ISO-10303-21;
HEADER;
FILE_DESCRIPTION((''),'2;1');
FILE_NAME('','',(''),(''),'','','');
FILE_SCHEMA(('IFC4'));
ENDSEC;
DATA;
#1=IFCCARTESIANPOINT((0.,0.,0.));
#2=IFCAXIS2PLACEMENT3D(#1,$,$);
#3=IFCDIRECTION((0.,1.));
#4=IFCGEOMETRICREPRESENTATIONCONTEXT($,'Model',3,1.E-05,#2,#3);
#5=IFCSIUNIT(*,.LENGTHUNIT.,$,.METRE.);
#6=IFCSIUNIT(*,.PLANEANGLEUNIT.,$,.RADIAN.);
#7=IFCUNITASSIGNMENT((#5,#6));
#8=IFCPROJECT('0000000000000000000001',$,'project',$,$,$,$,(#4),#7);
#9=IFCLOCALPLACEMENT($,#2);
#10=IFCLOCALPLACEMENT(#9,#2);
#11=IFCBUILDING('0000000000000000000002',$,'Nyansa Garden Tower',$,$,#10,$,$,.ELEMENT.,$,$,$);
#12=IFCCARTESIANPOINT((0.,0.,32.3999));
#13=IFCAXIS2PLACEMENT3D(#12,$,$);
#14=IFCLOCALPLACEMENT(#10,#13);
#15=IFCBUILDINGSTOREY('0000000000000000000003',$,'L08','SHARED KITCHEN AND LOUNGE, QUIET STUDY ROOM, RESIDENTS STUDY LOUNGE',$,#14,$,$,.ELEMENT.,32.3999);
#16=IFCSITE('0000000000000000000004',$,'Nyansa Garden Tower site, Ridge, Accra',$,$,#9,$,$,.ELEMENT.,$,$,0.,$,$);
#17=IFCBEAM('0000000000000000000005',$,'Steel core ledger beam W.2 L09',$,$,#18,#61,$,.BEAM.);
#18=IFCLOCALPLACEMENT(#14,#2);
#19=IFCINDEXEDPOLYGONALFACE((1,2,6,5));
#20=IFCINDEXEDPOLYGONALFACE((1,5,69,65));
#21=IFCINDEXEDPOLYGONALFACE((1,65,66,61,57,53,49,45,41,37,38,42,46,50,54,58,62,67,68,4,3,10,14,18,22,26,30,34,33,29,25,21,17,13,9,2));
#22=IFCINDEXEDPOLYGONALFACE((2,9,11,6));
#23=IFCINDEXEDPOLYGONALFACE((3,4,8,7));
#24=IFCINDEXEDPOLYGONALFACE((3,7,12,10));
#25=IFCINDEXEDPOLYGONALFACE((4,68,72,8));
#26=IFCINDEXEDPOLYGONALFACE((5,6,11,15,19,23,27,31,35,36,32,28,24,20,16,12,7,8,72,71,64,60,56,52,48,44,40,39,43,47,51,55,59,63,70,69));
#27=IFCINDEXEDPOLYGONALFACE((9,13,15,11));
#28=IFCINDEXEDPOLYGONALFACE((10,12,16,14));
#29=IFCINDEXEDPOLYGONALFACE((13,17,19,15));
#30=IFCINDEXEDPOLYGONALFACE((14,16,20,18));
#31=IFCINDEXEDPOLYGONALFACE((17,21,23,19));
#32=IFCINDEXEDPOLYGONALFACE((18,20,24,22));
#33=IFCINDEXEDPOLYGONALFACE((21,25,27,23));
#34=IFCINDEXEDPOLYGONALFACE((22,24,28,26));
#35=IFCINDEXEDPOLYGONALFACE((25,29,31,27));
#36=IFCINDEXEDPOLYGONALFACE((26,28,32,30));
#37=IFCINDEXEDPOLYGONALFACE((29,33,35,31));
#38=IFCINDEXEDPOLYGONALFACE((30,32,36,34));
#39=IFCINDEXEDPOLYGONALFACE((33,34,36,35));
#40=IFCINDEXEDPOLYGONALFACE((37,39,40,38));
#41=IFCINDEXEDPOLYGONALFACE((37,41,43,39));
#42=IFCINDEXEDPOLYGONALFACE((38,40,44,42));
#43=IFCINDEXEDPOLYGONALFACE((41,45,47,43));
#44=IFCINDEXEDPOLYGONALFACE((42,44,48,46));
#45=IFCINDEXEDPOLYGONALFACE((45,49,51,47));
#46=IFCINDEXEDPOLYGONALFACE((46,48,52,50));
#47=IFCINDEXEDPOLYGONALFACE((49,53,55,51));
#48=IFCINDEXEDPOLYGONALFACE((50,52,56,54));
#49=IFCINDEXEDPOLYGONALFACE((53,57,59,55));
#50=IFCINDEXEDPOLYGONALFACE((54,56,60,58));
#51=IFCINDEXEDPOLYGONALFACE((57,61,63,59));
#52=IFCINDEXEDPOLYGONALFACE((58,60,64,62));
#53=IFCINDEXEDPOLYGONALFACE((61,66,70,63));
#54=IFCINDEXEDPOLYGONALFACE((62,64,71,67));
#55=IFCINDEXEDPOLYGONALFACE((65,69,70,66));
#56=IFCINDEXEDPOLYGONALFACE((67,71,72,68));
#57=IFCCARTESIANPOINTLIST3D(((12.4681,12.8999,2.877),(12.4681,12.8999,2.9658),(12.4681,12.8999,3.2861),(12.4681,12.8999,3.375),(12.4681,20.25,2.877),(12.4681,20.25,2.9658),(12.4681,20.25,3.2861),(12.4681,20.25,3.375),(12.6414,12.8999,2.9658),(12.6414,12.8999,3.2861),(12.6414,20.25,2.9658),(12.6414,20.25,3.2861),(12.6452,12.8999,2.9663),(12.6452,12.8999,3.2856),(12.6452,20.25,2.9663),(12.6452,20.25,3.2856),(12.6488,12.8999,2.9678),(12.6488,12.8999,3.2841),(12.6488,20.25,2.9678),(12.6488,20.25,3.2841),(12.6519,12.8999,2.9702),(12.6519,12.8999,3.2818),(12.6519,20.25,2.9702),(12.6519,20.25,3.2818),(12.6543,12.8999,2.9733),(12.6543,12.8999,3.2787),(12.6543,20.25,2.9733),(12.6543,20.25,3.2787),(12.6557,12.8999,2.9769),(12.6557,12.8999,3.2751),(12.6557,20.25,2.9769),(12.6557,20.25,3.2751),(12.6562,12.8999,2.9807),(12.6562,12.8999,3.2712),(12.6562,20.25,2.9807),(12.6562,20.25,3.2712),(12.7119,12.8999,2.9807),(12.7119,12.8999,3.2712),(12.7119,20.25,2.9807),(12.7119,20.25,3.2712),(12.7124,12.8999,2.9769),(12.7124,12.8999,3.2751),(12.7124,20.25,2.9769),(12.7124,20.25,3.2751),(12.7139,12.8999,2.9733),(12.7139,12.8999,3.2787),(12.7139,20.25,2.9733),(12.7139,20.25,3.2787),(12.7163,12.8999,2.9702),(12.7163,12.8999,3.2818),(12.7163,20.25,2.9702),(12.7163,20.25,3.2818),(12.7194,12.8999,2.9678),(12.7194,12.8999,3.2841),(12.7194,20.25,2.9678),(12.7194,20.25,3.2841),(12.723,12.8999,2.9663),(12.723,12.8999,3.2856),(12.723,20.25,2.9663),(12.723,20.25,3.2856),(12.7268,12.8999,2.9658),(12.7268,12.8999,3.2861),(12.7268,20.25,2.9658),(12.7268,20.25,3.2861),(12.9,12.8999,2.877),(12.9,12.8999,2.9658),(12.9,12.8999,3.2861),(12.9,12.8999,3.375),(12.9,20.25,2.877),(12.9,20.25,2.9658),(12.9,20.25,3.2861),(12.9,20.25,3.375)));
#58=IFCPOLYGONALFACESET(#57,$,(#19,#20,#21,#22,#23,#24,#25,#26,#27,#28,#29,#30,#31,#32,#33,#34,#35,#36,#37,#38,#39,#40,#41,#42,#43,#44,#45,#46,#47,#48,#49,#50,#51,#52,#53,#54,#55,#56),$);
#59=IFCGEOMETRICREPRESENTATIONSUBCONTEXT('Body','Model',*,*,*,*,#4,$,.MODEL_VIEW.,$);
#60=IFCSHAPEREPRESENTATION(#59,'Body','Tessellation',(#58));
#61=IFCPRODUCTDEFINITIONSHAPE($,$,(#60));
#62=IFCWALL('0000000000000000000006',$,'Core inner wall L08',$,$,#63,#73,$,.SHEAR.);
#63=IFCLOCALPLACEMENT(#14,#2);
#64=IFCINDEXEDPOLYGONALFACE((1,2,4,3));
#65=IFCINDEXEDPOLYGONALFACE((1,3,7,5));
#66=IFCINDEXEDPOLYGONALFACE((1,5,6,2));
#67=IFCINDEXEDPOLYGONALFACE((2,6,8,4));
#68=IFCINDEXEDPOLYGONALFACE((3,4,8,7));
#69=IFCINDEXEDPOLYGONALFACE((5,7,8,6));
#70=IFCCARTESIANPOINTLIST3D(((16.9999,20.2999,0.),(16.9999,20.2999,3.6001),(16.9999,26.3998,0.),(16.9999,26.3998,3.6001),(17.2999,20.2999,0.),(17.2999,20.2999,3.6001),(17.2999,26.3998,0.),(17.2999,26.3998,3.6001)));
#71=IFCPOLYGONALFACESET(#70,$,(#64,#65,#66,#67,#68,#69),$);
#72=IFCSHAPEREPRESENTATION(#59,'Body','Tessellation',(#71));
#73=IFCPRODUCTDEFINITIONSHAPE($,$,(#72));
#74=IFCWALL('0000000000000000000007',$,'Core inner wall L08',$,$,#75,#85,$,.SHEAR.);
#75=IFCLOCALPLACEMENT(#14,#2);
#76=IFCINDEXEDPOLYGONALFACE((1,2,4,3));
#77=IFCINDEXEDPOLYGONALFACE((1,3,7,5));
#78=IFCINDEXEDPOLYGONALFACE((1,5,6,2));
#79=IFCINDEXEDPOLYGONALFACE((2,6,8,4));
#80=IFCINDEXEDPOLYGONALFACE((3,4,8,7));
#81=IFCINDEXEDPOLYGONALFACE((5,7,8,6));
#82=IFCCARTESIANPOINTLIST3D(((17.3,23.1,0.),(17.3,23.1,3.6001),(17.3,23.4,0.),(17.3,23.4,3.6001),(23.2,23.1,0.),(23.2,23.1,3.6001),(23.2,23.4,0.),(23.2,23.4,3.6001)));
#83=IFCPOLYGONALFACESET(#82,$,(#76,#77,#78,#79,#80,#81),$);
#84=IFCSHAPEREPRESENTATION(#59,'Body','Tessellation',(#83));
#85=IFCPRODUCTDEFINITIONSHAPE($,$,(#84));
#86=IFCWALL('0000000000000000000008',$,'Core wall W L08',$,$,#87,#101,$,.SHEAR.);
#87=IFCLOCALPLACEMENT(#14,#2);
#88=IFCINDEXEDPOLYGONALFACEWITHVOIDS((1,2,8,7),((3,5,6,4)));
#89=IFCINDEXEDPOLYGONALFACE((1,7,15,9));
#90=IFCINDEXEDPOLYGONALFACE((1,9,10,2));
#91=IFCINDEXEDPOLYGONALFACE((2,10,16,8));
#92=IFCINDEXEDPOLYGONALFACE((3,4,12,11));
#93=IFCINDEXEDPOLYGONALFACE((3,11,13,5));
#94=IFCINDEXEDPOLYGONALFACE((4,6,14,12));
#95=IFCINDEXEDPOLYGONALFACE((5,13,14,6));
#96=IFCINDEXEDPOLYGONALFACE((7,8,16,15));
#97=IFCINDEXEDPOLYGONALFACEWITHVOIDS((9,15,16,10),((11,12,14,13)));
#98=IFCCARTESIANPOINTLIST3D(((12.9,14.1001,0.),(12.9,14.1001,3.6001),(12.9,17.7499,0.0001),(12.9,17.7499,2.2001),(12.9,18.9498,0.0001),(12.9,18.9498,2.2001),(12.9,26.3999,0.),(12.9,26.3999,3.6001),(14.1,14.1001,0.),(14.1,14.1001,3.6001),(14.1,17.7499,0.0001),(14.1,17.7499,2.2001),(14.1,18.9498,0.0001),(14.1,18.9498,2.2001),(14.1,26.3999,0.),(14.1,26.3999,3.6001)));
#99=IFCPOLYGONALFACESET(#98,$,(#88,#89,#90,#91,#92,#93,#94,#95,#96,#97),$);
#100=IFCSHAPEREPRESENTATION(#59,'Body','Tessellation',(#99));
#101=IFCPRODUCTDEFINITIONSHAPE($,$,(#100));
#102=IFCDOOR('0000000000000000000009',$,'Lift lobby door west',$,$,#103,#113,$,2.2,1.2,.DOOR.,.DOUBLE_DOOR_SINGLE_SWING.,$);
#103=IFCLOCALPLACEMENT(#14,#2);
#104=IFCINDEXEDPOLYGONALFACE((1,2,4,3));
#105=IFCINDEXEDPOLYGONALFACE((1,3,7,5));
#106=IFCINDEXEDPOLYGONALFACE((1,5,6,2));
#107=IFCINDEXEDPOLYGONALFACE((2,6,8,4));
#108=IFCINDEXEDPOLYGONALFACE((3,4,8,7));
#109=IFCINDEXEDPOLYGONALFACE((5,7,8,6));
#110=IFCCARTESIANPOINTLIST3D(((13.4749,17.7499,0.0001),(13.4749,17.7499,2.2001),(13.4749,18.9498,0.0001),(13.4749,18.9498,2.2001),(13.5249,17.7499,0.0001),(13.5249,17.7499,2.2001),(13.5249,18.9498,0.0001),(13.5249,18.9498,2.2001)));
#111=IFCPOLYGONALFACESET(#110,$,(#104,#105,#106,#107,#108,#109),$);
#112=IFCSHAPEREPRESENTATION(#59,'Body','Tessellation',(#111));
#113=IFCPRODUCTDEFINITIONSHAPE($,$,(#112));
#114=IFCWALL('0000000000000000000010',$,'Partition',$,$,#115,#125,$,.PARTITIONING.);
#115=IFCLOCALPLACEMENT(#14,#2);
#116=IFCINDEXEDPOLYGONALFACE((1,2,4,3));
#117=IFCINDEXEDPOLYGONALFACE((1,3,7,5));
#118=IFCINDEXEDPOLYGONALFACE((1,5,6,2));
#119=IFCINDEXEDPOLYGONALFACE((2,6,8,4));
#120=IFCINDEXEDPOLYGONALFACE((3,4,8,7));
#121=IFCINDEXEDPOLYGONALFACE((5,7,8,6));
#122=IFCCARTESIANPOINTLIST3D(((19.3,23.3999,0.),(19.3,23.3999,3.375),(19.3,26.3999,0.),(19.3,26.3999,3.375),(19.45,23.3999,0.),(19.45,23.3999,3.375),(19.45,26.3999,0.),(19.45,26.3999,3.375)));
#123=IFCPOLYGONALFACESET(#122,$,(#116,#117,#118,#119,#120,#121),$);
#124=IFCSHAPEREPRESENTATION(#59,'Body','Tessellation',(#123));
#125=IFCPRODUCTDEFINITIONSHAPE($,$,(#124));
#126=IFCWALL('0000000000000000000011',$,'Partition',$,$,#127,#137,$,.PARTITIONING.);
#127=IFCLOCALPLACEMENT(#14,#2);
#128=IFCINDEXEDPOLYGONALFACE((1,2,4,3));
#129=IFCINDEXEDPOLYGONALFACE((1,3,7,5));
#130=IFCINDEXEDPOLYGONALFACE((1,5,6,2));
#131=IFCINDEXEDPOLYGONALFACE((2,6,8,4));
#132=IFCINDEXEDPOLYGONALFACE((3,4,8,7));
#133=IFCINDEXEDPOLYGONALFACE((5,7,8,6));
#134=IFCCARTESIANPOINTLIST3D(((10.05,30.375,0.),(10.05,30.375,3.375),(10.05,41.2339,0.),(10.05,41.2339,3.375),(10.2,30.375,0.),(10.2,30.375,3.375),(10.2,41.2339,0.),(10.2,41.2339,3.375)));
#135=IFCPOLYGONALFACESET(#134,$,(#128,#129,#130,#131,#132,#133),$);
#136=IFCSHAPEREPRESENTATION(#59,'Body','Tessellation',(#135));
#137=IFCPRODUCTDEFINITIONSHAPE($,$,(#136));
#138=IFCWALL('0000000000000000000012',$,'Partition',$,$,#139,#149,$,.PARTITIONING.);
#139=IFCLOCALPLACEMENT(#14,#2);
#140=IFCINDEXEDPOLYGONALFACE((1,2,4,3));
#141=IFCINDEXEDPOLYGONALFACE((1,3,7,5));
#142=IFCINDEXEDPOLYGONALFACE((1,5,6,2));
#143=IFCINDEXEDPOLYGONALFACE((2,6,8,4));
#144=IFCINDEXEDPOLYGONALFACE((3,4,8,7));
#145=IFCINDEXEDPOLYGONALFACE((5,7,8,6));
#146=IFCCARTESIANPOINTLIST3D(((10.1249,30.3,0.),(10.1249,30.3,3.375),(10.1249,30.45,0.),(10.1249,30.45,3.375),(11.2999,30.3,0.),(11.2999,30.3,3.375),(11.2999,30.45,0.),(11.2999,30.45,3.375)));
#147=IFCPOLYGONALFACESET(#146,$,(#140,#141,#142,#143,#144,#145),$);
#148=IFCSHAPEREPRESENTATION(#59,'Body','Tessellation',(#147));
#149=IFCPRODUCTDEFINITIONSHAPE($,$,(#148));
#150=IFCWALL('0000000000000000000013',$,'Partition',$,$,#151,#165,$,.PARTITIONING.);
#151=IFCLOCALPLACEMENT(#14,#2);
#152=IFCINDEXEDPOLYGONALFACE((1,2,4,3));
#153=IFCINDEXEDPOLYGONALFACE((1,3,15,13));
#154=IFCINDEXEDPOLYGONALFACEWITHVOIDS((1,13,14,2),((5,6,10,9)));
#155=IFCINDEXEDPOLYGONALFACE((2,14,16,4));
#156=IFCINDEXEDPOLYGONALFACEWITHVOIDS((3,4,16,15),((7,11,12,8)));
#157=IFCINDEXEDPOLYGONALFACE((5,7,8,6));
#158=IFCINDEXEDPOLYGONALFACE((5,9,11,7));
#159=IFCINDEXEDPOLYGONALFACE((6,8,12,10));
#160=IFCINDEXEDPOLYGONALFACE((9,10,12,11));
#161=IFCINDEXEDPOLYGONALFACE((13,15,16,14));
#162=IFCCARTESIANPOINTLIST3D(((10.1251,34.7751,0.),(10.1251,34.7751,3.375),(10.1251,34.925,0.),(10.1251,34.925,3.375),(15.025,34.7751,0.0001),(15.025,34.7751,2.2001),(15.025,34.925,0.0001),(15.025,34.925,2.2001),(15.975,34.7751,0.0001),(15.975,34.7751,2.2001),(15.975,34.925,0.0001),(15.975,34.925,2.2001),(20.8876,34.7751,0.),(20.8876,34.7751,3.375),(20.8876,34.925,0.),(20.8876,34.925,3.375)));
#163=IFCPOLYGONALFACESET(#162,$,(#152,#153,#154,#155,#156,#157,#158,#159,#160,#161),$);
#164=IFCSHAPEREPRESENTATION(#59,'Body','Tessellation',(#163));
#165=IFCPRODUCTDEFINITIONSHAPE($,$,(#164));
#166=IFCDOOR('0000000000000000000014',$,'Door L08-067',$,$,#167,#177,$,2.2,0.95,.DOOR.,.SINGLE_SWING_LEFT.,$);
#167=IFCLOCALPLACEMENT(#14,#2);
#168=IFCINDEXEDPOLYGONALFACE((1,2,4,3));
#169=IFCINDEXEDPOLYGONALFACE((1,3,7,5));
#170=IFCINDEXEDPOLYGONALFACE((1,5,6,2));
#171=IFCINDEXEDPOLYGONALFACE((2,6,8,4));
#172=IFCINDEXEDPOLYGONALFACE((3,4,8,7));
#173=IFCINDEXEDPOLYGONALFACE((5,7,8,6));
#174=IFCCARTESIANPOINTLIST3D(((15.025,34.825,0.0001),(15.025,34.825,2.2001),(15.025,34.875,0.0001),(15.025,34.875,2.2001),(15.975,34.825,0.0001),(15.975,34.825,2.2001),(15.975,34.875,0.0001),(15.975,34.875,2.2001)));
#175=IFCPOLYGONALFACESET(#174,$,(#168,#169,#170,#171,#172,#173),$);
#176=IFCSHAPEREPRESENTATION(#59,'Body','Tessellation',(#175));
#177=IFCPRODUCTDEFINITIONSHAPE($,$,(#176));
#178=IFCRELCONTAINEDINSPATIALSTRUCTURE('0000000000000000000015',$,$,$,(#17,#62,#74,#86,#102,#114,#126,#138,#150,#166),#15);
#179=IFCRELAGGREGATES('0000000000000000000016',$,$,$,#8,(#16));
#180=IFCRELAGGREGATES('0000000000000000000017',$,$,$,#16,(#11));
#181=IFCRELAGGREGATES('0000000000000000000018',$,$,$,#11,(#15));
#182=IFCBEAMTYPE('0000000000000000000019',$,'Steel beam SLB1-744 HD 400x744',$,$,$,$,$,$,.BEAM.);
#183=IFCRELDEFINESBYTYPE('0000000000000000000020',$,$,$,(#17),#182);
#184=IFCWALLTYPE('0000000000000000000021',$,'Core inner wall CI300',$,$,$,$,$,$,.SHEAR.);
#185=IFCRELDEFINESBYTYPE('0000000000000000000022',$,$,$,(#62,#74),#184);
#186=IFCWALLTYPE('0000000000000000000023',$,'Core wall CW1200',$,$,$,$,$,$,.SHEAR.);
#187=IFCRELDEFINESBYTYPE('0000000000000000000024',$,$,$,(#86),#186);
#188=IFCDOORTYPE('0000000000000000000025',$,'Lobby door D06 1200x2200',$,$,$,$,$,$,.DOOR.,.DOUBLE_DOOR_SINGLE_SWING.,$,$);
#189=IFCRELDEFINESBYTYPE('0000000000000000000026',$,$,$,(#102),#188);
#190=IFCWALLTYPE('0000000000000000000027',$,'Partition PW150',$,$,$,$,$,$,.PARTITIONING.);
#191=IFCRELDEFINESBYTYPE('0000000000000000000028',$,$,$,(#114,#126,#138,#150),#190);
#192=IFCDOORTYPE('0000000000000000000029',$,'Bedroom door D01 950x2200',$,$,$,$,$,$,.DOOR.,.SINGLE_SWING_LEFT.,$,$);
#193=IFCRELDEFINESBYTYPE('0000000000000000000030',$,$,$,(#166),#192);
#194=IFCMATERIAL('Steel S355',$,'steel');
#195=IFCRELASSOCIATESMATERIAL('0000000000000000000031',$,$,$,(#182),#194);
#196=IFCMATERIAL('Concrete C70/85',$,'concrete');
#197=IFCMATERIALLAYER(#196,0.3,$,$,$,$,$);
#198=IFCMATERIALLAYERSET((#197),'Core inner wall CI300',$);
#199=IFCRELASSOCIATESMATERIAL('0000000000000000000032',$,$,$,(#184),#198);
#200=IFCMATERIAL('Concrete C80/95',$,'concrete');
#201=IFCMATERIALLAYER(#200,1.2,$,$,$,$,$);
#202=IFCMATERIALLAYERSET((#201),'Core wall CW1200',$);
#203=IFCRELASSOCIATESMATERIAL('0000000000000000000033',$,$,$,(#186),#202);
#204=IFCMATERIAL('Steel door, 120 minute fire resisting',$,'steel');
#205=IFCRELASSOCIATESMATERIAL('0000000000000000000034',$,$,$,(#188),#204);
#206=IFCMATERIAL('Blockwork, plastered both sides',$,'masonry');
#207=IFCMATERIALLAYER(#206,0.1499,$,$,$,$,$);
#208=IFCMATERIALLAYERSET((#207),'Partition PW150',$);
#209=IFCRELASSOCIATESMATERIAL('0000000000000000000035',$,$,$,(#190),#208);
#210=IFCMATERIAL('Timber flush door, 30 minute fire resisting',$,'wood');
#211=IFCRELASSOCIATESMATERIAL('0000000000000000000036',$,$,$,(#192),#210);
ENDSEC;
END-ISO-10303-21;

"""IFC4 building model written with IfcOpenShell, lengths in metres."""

from ifc_helpers import new_model, si_unit, direction, frame, frame_2d, origin, origin_2d, place, context, subcontext, project, spatial, rectangle, i_section, extrude, material, layer, layer_set, material_profile, profile_set, type_object, element, fill, save


model = new_model("IFC4")

# Units and contexts
model_context = context("Model", 3, precision=1e-05, world=origin(), true_north=direction((0.0, 1.0)))
body_context = subcontext(model_context, "Body", "Model", "MODEL_VIEW")
ifc_project = project(units=[si_unit("LENGTHUNIT", "METRE"), si_unit("PLANEANGLEUNIT", "RADIAN")], contexts=[model_context])

# Site, building, storey
site_placement = place(None, origin())
site = spatial("IfcSite", under=ifc_project, at=site_placement, Name="Nyansa Garden Tower site, Ridge, Accra", CompositionType="ELEMENT", RefElevation=0.0)
building_placement = place(site_placement, origin())
building = spatial("IfcBuilding", under=site, at=building_placement, Name="Nyansa Garden Tower", CompositionType="ELEMENT")
storey_placement = place(building_placement, frame((0.0, 0.0, 32.3999)))
storey = spatial("IfcBuildingStorey", under=building, at=storey_placement, Name="L08", Description="SHARED KITCHEN AND LOUNGE, QUIET STUDY ROOM, RESIDENTS STUDY LOUNGE", CompositionType="ELEMENT", Elevation=32.3999)

# Beam
ifc_material_1 = material(Name="Steel S355", Category="steel")
ifc_material_profile_1 = material_profile(ifc_material_1, i_section(OverallWidth=0.4319, OverallDepth=0.498, WebThickness=0.0557, FlangeThickness=0.0889, FilletRadius=0.0149, at=origin_2d()), Name="HD 400x744")
ifc_profile_set_1 = profile_set([ifc_material_profile_1], Name="Steel S355")
beam_type_1 = type_object("IfcBeamType", Name="Steel beam SLB1-744 HD 400x744", PredefinedType="BEAM", material=ifc_profile_set_1)
for number, where, z_axis, x_axis, name in (
    (1, (12.6841, 20.25, 3.126), (0.0, -1.0, 0.0), (1.0, 0.0, 0.0), "Steel core ledger beam W.2 L09"),
):
    element("IfcBeam", number, at=place(storey_placement, frame(where, z_axis=z_axis, x_axis=x_axis)), inside=storey, type_object=beam_type_1, Name=name, PredefinedType="BEAM", context=body_context, shape_type="SweptSolid", body=[
        extrude(i_section(OverallWidth=0.4319, OverallDepth=0.498, WebThickness=0.0557, FlangeThickness=0.0889, FilletRadius=0.0149, at=origin_2d()), origin(), (0.0, 0.0, 1.0), 7.3501),
    ])

# Walls
ifc_material_2 = material(Name="Concrete C70/85", Category="concrete")
ifc_layer_1 = layer(ifc_material_2, 0.3)
ifc_layer_set_1 = layer_set([ifc_layer_1], Name="Core inner wall CI300")
wall_type_1 = type_object("IfcWallType", Name="Core inner wall CI300", PredefinedType="SHEAR", material=ifc_layer_set_1)
wall_1_placement = place(storey_placement, frame((17.1499, 20.3, 0.0), z_axis=(0.0, 0.0, 1.0), x_axis=(0.0, 1.0, 0.0)))
element("IfcWall", 2, at=wall_1_placement, inside=storey, type_object=wall_type_1, Name="Core inner wall L08", PredefinedType="SHEAR", context=body_context, shape_type="SweptSolid", body=[
    extrude(rectangle(XDim=6.0999, YDim=0.3, at=frame_2d((3.0498, 0.0))), origin(), (0.0, 0.0, 1.0), 3.6001),
])
wall_2_placement = place(storey_placement, frame((17.3, 23.25, 0.0), z_axis=(0.0, 0.0, 1.0), x_axis=(1.0, 0.0, 0.0)))
element("IfcWall", 3, at=wall_2_placement, inside=storey, type_object=wall_type_1, Name="Core inner wall L08", PredefinedType="SHEAR", context=body_context, shape_type="SweptSolid", body=[
    extrude(rectangle(XDim=5.8999, YDim=0.3, at=frame_2d((2.95, 0.0))), origin(), (0.0, 0.0, 1.0), 3.6001),
])

# Wall, opening, door
ifc_material_3 = material(Name="Concrete C80/95", Category="concrete")
ifc_layer_2 = layer(ifc_material_3, 1.2)
ifc_layer_set_2 = layer_set([ifc_layer_2], Name="Core wall CW1200")
wall_type_2 = type_object("IfcWallType", Name="Core wall CW1200", PredefinedType="SHEAR", material=ifc_layer_set_2)
wall_3_placement = place(storey_placement, frame((13.5, 26.3999, 0.0), z_axis=(0.0, 0.0, 1.0), x_axis=(0.0, -1.0, 0.0)))
wall_3 = element("IfcWall", 4, at=wall_3_placement, inside=storey, type_object=wall_type_2, Name="Core wall W L08", PredefinedType="SHEAR", context=body_context, shape_type="SweptSolid", body=[
    extrude(rectangle(XDim=12.2998, YDim=1.2, at=frame_2d((6.1499, 0.0))), origin(), (0.0, 0.0, 1.0), 3.6001),
])
opening_1_placement = place(wall_3_placement, frame((7.45, 0.0, 0.0)))
opening_1 = element("IfcOpeningElement", 5, at=opening_1_placement, cuts=wall_3, PredefinedType="OPENING", context=body_context, shape_type="SweptSolid", body=[
    extrude(rectangle(XDim=1.2, YDim=2.2, at=frame_2d((0.6001, 1.1001))), frame((0.0, 0.6099, 0.0), z_axis=(0.0, -1.0, 0.0), x_axis=(1.0, 0.0, 0.0)), (0.0, 0.0, 1.0), 1.22),
])
ifc_material_4 = material(Name="Steel door, 120 minute fire resisting", Category="steel")
door_type_1 = type_object("IfcDoorType", Name="Lobby door D06 1200x2200", OperationType="DOUBLE_DOOR_SINGLE_SWING", PredefinedType="DOOR", material=ifc_material_4)
door_1_placement = place(opening_1_placement, origin())
door_1 = element("IfcDoor", 6, at=door_1_placement, inside=storey, type_object=door_type_1, Name="Lift lobby door west", OperationType="DOUBLE_DOOR_SINGLE_SWING", OverallHeight=2.2, OverallWidth=1.2, PredefinedType="DOOR", context=body_context, shape_type="SweptSolid", body=[
    extrude(rectangle(XDim=1.2, YDim=2.2, at=frame_2d((0.6001, 1.1001))), frame((0.0, 0.0249, 0.0), z_axis=(0.0, -1.0, 0.0), x_axis=(1.0, 0.0, 0.0)), (0.0, 0.0, 1.0), 0.05),
])
fill(opening_1, door_1)

# Walls
ifc_material_5 = material(Name="Blockwork, plastered both sides", Category="masonry")
ifc_layer_3 = layer(ifc_material_5, 0.1499)
ifc_layer_set_3 = layer_set([ifc_layer_3], Name="Partition PW150")
wall_type_3 = type_object("IfcWallType", Name="Partition PW150", PredefinedType="PARTITIONING", material=ifc_layer_set_3)
wall_4_placement = place(storey_placement, frame((19.375, 23.3999, 0.0), z_axis=(0.0, 0.0, 1.0), x_axis=(0.0, 1.0, 0.0)))
element("IfcWall", 7, at=wall_4_placement, inside=storey, type_object=wall_type_3, Name="Partition", PredefinedType="PARTITIONING", context=body_context, shape_type="SweptSolid", body=[
    extrude(rectangle(XDim=3.0, YDim=0.1499, at=frame_2d((1.5, 0.0))), origin(), (0.0, 0.0, 1.0), 3.375),
])
wall_5_placement = place(storey_placement, frame((10.125, 30.375, 0.0), z_axis=(0.0, 0.0, 1.0), x_axis=(0.0, 1.0, 0.0)))
element("IfcWall", 8, at=wall_5_placement, inside=storey, type_object=wall_type_3, Name="Partition", PredefinedType="PARTITIONING", context=body_context, shape_type="SweptSolid", body=[
    extrude(rectangle(XDim=10.8589, YDim=0.1499, at=frame_2d((5.4294, 0.0))), origin(), (0.0, 0.0, 1.0), 3.375),
])
wall_6_placement = place(storey_placement, frame((10.125, 30.375, 0.0), z_axis=(0.0, 0.0, 1.0), x_axis=(1.0, 0.0, 0.0)))
element("IfcWall", 9, at=wall_6_placement, inside=storey, type_object=wall_type_3, Name="Partition", PredefinedType="PARTITIONING", context=body_context, shape_type="SweptSolid", body=[
    extrude(rectangle(XDim=1.175, YDim=0.1499, at=frame_2d((0.5874, 0.0))), origin(), (0.0, 0.0, 1.0), 3.375),
])

# Wall, opening, door
wall_7_placement = place(storey_placement, frame((10.125, 34.8501, 0.0), z_axis=(0.0, 0.0, 1.0), x_axis=(1.0, 0.0, 0.0)))
wall_7 = element("IfcWall", 10, at=wall_7_placement, inside=storey, type_object=wall_type_3, Name="Partition", PredefinedType="PARTITIONING", context=body_context, shape_type="SweptSolid", body=[
    extrude(rectangle(XDim=10.7625, YDim=0.1499, at=frame_2d((5.3813, 0.0))), origin(), (0.0, 0.0, 1.0), 3.375),
])
opening_2_placement = place(wall_7_placement, frame((4.8999, 0.0, 0.0)))
opening_2 = element("IfcOpeningElement", 11, at=opening_2_placement, cuts=wall_7, PredefinedType="OPENING", context=body_context, shape_type="SweptSolid", body=[
    extrude(rectangle(XDim=0.95, YDim=2.2, at=frame_2d((0.4751, 1.1001))), frame((0.0, 0.085, 0.0), z_axis=(0.0, -1.0, 0.0), x_axis=(1.0, 0.0, 0.0)), (0.0, 0.0, 1.0), 0.1699),
])
ifc_material_6 = material(Name="Timber flush door, 30 minute fire resisting", Category="wood")
door_type_2 = type_object("IfcDoorType", Name="Bedroom door D01 950x2200", OperationType="SINGLE_SWING_LEFT", PredefinedType="DOOR", material=ifc_material_6)
door_2_placement = place(opening_2_placement, origin())
door_2 = element("IfcDoor", 12, at=door_2_placement, inside=storey, type_object=door_type_2, Name="Door L08-067", OperationType="SINGLE_SWING_LEFT", OverallHeight=2.2, OverallWidth=0.95, PredefinedType="DOOR", context=body_context, shape_type="SweptSolid", body=[
    extrude(rectangle(XDim=0.95, YDim=2.2, at=frame_2d((0.4751, 1.1001))), frame((0.0, 0.0249, 0.0), z_axis=(0.0, -1.0, 0.0), x_axis=(1.0, 0.0, 0.0)), (0.0, 0.0, 1.0), 0.05),
])
fill(opening_2, door_2)

save(model, "model.ifc")
